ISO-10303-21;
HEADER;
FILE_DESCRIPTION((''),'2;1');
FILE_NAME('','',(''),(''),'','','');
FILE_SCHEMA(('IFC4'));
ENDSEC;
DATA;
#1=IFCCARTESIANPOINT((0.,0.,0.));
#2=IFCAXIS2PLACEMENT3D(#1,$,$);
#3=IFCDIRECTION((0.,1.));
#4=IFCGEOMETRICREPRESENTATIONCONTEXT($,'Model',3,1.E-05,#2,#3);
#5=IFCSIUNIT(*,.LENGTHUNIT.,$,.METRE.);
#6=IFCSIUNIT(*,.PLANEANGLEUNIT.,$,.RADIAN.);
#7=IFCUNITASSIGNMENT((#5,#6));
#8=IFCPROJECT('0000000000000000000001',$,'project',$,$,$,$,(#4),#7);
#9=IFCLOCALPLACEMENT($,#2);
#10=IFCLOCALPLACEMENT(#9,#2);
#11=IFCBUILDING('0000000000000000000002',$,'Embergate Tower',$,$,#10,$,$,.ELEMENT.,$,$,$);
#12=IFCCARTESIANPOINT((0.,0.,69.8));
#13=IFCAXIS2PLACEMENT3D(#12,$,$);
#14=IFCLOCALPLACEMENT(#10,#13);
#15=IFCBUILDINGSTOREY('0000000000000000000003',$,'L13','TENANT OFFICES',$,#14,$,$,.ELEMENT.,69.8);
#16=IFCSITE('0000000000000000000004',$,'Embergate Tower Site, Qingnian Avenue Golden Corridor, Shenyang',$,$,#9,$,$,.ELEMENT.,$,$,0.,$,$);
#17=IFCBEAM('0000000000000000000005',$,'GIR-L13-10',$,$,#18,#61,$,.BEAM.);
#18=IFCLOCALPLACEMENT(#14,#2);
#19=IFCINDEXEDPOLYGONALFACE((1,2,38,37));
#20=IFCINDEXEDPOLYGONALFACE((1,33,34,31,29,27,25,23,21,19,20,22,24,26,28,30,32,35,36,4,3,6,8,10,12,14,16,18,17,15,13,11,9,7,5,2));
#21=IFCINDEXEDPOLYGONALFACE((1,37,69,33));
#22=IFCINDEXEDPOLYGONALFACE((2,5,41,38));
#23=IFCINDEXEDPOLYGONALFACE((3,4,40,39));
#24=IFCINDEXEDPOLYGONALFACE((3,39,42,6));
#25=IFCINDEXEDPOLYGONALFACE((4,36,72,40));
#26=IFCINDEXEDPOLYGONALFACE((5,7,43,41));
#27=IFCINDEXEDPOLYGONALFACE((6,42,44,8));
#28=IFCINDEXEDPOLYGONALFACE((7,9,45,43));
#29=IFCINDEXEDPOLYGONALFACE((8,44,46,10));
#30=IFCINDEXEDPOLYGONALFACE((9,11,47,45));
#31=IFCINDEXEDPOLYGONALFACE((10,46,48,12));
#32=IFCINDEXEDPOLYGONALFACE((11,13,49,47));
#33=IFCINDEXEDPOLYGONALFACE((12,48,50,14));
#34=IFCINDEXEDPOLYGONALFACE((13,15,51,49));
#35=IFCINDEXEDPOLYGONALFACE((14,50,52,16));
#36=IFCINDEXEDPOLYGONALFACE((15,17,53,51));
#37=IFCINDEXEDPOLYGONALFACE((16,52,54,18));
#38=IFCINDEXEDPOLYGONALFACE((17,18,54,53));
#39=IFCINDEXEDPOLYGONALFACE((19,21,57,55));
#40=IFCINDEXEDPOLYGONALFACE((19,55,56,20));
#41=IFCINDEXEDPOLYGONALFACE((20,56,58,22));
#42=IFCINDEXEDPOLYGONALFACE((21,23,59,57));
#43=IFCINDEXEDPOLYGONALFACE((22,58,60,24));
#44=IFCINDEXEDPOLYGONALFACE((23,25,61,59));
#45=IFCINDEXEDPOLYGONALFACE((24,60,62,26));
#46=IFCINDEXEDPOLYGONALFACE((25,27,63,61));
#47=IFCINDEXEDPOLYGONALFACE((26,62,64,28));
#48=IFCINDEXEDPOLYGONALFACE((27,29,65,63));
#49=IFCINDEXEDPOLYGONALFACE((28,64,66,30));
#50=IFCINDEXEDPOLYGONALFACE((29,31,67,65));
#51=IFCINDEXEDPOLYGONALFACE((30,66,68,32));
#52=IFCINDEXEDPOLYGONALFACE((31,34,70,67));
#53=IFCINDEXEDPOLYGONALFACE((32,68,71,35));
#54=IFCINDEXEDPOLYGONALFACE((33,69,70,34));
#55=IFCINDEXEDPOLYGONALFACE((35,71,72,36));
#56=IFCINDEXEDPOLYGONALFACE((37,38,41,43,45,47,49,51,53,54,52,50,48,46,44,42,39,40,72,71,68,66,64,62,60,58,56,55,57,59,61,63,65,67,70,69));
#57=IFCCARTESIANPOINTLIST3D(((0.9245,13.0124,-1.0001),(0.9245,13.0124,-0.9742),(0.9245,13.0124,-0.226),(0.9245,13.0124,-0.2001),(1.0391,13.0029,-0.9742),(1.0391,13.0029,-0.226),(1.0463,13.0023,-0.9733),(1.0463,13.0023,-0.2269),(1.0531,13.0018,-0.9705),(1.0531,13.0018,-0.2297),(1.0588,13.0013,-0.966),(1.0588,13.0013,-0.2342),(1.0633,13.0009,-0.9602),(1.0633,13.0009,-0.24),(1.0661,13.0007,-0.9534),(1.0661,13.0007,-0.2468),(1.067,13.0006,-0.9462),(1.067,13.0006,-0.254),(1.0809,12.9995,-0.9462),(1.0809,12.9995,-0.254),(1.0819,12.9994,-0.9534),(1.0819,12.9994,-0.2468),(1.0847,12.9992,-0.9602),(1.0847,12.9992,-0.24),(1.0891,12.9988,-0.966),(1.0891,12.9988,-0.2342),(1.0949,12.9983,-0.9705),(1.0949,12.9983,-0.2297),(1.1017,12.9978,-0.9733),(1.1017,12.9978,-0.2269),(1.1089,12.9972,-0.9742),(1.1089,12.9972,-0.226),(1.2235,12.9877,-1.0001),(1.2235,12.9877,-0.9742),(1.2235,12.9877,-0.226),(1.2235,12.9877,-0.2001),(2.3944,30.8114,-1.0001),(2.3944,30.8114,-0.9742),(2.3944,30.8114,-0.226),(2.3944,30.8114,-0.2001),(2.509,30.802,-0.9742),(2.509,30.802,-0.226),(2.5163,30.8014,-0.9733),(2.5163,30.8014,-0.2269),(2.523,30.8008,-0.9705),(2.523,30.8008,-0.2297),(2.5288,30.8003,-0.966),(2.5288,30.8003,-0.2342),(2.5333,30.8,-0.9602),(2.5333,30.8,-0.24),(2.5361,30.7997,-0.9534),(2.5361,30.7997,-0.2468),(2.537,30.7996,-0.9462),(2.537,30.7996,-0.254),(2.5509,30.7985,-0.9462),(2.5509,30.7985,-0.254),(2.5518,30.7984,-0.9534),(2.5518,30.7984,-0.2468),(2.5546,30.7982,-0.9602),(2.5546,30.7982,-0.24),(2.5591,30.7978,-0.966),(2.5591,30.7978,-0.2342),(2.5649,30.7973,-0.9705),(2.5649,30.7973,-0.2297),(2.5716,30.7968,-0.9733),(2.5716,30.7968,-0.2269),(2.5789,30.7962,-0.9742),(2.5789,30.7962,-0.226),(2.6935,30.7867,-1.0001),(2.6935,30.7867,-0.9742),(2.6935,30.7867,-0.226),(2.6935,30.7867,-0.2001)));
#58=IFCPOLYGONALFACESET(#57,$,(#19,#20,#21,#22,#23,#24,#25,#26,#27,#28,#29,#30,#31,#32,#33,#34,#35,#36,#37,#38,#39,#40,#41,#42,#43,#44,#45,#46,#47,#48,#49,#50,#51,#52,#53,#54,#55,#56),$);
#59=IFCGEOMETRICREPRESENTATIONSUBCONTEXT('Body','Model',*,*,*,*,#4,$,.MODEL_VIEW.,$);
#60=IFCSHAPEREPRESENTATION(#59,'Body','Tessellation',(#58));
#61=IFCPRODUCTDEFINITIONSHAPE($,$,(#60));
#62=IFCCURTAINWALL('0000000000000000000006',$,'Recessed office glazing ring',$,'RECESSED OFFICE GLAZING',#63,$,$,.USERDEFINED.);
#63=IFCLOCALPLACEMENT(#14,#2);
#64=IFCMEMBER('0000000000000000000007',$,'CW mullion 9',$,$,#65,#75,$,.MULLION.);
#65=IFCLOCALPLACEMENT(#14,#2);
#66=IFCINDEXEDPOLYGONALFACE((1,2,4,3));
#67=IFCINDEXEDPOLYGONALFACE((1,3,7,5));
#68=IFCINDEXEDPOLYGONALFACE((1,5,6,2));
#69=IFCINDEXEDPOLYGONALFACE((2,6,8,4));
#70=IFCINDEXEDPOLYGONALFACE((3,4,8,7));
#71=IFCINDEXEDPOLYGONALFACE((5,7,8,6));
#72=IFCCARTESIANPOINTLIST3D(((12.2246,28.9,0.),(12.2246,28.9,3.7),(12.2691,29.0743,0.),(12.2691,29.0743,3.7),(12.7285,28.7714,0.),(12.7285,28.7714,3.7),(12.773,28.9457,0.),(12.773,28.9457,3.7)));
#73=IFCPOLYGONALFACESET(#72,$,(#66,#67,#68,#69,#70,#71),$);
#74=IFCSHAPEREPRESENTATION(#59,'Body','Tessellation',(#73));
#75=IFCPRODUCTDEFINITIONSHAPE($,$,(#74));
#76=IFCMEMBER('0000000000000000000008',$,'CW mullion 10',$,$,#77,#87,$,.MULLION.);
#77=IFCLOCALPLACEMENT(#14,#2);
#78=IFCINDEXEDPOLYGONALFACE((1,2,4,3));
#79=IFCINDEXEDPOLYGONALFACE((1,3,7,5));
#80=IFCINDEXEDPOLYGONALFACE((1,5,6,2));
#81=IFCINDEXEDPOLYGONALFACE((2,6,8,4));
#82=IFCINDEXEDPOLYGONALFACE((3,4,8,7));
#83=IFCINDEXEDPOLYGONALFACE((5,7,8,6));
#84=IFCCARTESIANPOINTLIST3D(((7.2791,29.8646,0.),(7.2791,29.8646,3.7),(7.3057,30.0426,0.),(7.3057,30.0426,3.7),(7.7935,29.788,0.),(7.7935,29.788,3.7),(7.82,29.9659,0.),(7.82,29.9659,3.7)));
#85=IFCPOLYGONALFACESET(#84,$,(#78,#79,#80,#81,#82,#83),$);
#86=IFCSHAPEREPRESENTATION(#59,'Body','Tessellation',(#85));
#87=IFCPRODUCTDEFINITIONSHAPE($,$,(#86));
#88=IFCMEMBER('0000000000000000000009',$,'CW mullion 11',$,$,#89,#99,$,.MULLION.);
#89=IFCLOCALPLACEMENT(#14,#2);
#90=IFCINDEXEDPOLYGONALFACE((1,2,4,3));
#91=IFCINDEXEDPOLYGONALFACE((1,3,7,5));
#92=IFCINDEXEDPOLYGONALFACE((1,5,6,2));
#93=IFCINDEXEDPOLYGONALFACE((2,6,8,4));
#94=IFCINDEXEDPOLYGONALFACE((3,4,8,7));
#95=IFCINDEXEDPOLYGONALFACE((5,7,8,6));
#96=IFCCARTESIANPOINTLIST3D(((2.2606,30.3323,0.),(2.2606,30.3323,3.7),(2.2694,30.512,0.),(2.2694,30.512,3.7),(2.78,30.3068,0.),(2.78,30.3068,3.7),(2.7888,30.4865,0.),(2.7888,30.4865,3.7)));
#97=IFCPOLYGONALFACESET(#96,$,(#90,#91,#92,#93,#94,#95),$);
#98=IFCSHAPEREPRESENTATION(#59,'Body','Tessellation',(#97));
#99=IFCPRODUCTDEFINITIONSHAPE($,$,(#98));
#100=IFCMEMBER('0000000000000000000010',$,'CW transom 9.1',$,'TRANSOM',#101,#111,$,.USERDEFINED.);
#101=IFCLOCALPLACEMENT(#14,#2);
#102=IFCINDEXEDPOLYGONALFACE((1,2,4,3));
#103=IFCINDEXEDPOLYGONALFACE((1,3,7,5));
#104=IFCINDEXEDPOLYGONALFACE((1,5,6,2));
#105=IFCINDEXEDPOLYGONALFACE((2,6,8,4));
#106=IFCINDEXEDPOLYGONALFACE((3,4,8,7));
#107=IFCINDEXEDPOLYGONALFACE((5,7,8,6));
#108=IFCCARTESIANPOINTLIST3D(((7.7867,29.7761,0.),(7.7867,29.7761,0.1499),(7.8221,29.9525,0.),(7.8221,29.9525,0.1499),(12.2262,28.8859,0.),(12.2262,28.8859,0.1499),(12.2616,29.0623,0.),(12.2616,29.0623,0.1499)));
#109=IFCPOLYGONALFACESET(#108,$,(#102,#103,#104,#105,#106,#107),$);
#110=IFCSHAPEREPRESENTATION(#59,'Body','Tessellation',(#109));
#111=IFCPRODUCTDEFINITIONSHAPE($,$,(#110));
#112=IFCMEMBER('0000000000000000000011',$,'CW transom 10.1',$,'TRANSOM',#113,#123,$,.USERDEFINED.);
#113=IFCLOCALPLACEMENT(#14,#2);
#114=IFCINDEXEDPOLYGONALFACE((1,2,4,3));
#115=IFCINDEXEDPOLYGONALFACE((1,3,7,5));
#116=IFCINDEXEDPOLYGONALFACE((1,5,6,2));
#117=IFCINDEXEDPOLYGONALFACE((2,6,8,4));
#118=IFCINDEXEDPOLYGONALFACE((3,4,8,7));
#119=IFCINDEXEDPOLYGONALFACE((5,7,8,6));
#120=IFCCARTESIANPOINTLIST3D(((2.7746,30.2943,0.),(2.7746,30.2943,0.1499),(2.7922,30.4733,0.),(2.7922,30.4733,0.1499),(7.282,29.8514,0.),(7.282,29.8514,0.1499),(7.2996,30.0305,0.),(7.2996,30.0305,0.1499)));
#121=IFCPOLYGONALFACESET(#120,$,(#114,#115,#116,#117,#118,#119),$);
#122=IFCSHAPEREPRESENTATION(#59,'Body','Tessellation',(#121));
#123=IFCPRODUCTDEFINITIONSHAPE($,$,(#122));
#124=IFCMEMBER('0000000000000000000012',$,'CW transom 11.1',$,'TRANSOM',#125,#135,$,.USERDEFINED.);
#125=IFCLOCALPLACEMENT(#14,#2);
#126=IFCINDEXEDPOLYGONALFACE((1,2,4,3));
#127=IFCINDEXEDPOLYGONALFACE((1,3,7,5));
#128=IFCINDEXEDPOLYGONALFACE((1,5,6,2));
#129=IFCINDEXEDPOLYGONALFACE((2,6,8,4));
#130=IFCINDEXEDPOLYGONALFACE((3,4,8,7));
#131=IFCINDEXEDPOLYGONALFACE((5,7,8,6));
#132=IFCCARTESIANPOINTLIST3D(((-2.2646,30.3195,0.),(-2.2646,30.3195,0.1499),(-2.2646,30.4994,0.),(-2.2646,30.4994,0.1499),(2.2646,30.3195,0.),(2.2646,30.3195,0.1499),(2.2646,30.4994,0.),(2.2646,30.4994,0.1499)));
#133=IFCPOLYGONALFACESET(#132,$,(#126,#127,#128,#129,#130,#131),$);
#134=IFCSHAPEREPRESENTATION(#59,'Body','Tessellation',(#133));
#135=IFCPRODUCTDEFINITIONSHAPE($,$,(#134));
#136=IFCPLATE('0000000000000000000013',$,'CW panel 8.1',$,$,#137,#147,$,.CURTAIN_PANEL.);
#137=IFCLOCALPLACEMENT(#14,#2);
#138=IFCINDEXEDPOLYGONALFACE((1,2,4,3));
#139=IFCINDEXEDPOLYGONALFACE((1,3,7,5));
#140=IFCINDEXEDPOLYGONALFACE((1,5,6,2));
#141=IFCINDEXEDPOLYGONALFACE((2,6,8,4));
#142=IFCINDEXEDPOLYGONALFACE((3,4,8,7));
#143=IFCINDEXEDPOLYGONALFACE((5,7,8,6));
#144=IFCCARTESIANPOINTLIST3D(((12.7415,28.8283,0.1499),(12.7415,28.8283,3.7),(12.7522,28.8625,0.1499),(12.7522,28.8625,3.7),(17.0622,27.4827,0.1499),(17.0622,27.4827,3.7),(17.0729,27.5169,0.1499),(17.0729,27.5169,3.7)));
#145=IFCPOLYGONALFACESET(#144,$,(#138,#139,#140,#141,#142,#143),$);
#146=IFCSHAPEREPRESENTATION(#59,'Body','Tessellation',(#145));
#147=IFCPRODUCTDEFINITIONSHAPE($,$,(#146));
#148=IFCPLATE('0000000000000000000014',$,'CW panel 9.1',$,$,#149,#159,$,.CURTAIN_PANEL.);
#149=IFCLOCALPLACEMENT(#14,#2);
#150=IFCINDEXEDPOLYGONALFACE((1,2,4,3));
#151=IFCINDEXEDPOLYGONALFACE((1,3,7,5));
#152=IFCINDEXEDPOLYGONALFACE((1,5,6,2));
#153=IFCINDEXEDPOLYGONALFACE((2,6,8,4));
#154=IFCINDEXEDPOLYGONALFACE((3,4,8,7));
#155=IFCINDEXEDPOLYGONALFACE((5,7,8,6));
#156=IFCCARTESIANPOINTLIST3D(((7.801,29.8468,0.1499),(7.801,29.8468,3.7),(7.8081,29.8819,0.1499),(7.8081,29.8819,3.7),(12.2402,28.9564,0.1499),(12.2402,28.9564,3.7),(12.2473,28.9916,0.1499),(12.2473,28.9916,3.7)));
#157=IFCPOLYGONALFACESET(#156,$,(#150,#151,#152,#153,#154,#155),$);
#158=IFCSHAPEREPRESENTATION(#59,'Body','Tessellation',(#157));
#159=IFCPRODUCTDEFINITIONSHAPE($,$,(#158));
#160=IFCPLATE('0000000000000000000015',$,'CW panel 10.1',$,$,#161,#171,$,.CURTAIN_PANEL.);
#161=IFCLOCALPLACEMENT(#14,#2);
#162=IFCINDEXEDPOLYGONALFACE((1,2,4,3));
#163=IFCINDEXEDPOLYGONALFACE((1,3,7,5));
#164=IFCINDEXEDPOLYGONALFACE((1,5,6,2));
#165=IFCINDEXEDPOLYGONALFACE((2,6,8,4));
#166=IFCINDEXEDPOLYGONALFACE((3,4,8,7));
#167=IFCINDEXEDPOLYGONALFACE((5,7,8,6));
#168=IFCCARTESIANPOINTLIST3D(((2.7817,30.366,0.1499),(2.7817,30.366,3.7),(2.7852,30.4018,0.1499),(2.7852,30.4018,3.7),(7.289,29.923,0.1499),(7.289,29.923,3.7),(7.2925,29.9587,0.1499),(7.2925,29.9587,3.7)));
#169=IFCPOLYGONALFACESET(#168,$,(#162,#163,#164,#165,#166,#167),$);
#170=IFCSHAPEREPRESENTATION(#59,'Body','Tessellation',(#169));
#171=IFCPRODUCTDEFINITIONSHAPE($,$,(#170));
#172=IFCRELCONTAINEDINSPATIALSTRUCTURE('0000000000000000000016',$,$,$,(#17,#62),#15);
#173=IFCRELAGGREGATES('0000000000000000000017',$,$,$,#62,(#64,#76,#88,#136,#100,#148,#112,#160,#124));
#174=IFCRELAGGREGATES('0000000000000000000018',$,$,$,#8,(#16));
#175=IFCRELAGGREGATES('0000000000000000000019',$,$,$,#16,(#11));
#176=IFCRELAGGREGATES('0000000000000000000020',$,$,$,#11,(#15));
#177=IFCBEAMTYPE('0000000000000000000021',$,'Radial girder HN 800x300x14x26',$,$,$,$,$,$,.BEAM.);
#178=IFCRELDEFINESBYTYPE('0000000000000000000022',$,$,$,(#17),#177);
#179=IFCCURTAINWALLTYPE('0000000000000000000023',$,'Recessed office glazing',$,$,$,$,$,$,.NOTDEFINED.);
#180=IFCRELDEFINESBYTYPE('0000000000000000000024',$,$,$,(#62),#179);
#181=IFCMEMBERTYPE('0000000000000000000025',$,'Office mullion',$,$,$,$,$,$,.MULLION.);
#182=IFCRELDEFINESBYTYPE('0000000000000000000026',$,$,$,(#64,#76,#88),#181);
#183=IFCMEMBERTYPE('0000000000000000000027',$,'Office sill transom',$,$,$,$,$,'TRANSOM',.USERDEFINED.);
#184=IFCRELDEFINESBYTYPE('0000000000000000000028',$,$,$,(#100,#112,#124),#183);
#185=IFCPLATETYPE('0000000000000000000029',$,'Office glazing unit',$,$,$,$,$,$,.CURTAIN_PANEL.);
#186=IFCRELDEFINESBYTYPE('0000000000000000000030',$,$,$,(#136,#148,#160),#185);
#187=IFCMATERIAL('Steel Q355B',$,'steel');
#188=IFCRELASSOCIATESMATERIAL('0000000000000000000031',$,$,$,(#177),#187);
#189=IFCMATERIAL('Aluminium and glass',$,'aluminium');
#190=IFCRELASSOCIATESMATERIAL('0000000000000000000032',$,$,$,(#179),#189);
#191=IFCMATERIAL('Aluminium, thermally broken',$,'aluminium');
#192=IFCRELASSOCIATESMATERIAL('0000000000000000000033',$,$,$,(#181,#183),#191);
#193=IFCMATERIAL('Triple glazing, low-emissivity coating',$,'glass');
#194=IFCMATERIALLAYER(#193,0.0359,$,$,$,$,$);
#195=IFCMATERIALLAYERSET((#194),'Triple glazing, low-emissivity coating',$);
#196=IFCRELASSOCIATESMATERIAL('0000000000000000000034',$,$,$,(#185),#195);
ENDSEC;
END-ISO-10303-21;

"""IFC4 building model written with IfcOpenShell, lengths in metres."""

from ifc_helpers import new_model, si_unit, direction, frame, origin, origin_2d, place, context, subcontext, project, spatial, rectangle, i_section, extrude, source, transform, mapped, material, layer, layer_set, material_profile, profile_set, type_object, element, aggregate, save


model = new_model("IFC4")

# Units and contexts
model_context = context("Model", 3, precision=1e-05, world=origin(), true_north=direction((0.0, 1.0)))
body_context = subcontext(model_context, "Body", "Model", "MODEL_VIEW")
ifc_project = project(units=[si_unit("LENGTHUNIT", "METRE"), si_unit("PLANEANGLEUNIT", "RADIAN")], contexts=[model_context])

# Site, building, storey
site_placement = place(None, origin())
site = spatial("IfcSite", under=ifc_project, at=site_placement, Name="Embergate Tower Site, Qingnian Avenue Golden Corridor, Shenyang", CompositionType="ELEMENT", RefElevation=0.0)
building_placement = place(site_placement, origin())
building = spatial("IfcBuilding", under=site, at=building_placement, Name="Embergate Tower", CompositionType="ELEMENT")
storey_placement = place(building_placement, frame((0.0, 0.0, 69.8)))
storey = spatial("IfcBuildingStorey", under=building, at=storey_placement, Name="L13", Description="TENANT OFFICES", CompositionType="ELEMENT", Elevation=69.8)

# Beam
ifc_material_1 = material(Name="Steel Q355B", Category="steel")
ifc_material_profile_1 = material_profile(ifc_material_1, i_section(OverallWidth=0.3, OverallDepth=0.8, WebThickness=0.0139, FlangeThickness=0.0259, FilletRadius=0.0281, at=origin_2d()), Name="HN 800x300x14x26")
ifc_profile_set_1 = profile_set([ifc_material_profile_1], Name="Steel Q355 grade B")
beam_type_1 = type_object("IfcBeamType", Name="Radial girder HN 800x300x14x26", PredefinedType="BEAM", material=ifc_profile_set_1)
shared_shape_1 = source(origin(), body_context, "Body", "SweptSolid", [
    extrude(i_section(OverallWidth=0.3, OverallDepth=0.8, WebThickness=0.0139, FlangeThickness=0.0259, FilletRadius=0.0281, at=origin_2d()), origin(), (0.0, 0.0, 1.0), 17.8596),
])
beam_1_placement = place(storey_placement, frame((2.5439, 30.7991, -0.6001), z_axis=(-0.082307, -0.996607, 0.0), x_axis=(0.996607, -0.082307, 0.0)))
element("IfcBeam", 1, at=beam_1_placement, inside=storey, type_object=beam_type_1, Name="GIR-L13-10", PredefinedType="BEAM", context=body_context, shape_type="MappedRepresentation", body=[
    mapped(shared_shape_1, transform((0.0, 0.0, 0.0))),
])

# Curtain wall, members, plates
ifc_material_2 = material(Name="Aluminium and glass", Category="aluminium")
curtain_wall_type = type_object("IfcCurtainWallType", Name="Recessed office glazing", PredefinedType="NOTDEFINED", material=ifc_material_2)
curtain_wall_placement = place(storey_placement, origin())
curtain_wall = element("IfcCurtainWall", 2, at=curtain_wall_placement, inside=storey, type_object=curtain_wall_type, Name="Recessed office glazing ring", ObjectType="RECESSED OFFICE GLAZING", PredefinedType="USERDEFINED")
ifc_material_3 = material(Name="Aluminium, thermally broken", Category="aluminium")
ifc_material_profile_2 = material_profile(ifc_material_3, rectangle(XDim=0.1799, YDim=0.52, at=origin_2d()), Name="AL 520x180")
ifc_profile_set_2 = profile_set([ifc_material_profile_2], Name="Aluminium, thermally broken")
member_type_1 = type_object("IfcMemberType", Name="Office mullion", PredefinedType="MULLION", material=ifc_profile_set_2)
shared_shape_2 = source(origin(), body_context, "Body", "SweptSolid", [
    extrude(rectangle(XDim=0.1799, YDim=0.52, at=origin_2d()), origin(), (0.0, 0.0, 1.0), 3.7),
])
member_1_placement = place(storey_placement, frame((12.4988, 28.9229, 0.0), z_axis=(0.0, 0.0, 1.0), x_axis=(-0.247315, -0.968935, 0.0)))
member_1 = element("IfcMember", 3, at=member_1_placement, type_object=member_type_1, Name="CW mullion 9", PredefinedType="MULLION", context=body_context, shape_type="MappedRepresentation", body=[
    mapped(shared_shape_2, transform((0.0, 0.0, 0.0))),
])
member_2_placement = place(storey_placement, frame((7.5496, 29.9153, 0.0), z_axis=(0.0, 0.0, 1.0), x_axis=(-0.147414, -0.989075, 0.0)))
member_2 = element("IfcMember", 4, at=member_2_placement, type_object=member_type_1, Name="CW mullion 10", PredefinedType="MULLION", context=body_context, shape_type="MappedRepresentation", body=[
    mapped(shared_shape_2, transform((0.0, 0.0, 0.0))),
])
member_3_placement = place(storey_placement, frame((2.5247, 30.4094, 0.0), z_axis=(0.0, 0.0, 1.0), x_axis=(-0.048972, -0.9988, 0.0)))
member_3 = element("IfcMember", 5, at=member_3_placement, type_object=member_type_1, Name="CW mullion 11", PredefinedType="MULLION", context=body_context, shape_type="MappedRepresentation", body=[
    mapped(shared_shape_2, transform((0.0, 0.0, 0.0))),
])
ifc_material_profile_3 = material_profile(ifc_material_3, rectangle(XDim=0.1799, YDim=0.1499, at=origin_2d()), Name="AL 150x180")
ifc_profile_set_3 = profile_set([ifc_material_profile_3], Name="Aluminium, thermally broken")
member_type_2 = type_object("IfcMemberType", Name="Office sill transom", ElementType="TRANSOM", PredefinedType="USERDEFINED", material=ifc_profile_set_3)
shared_shape_3 = source(origin(), body_context, "Body", "SweptSolid", [
    extrude(rectangle(XDim=0.1799, YDim=0.1499, at=origin_2d()), origin(), (0.0, 0.0, 1.0), 4.5278),
])
member_4_placement = place(storey_placement, frame((12.2439, 28.9741, 0.075), z_axis=(-0.980485, 0.196593, 0.0), x_axis=(-0.196593, -0.980485, 0.0)))
member_4 = element("IfcMember", 6, at=member_4_placement, type_object=member_type_2, Name="CW transom 9.1", ObjectType="TRANSOM", PredefinedType="USERDEFINED", context=body_context, shape_type="MappedRepresentation", body=[
    mapped(shared_shape_3, transform((0.0, 0.0, 0.0))),
])
shared_shape_4 = source(origin(), body_context, "Body", "SweptSolid", [
    extrude(rectangle(XDim=0.1799, YDim=0.1499, at=origin_2d()), origin(), (0.0, 0.0, 1.0), 4.5291),
])
member_5_placement = place(storey_placement, frame((7.2908, 29.9409, 0.075), z_axis=(-0.995208, 0.097785, 0.0), x_axis=(-0.097785, -0.995208, 0.0)))
member_5 = element("IfcMember", 7, at=member_5_placement, type_object=member_type_2, Name="CW transom 10.1", ObjectType="TRANSOM", PredefinedType="USERDEFINED", context=body_context, shape_type="MappedRepresentation", body=[
    mapped(shared_shape_4, transform((0.0, 0.0, 0.0))),
])
shared_shape_5 = source(origin(), body_context, "Body", "SweptSolid", [
    extrude(rectangle(XDim=0.1799, YDim=0.1499, at=origin_2d()), origin(), (0.0, 0.0, 1.0), 4.5293),
])
member_6_placement = place(storey_placement, frame((2.2646, 30.4094, 0.075), z_axis=(-1.0, 0.0, 0.0), x_axis=(0.0, -1.0, 0.0)))
member_6 = element("IfcMember", 8, at=member_6_placement, type_object=member_type_2, Name="CW transom 11.1", ObjectType="TRANSOM", PredefinedType="USERDEFINED", context=body_context, shape_type="MappedRepresentation", body=[
    mapped(shared_shape_5, transform((0.0, 0.0, 0.0))),
])
ifc_material_4 = material(Name="Triple glazing, low-emissivity coating", Category="glass")
ifc_layer_1 = layer(ifc_material_4, 0.0359)
ifc_layer_set_1 = layer_set([ifc_layer_1], Name="Triple glazing, low-emissivity coating")
plate_type = type_object("IfcPlateType", Name="Office glazing unit", PredefinedType="CURTAIN_PANEL", material=ifc_layer_set_1)
shared_shape_6 = source(origin(), body_context, "Body", "SweptSolid", [
    extrude(rectangle(XDim=4.5254, YDim=0.0359, at=origin_2d()), origin(), (0.0, 0.0, 1.0), 3.55),
])
plate_1_placement = place(storey_placement, frame((14.9072, 28.1726, 0.1499), z_axis=(0.0, 0.0, 1.0), x_axis=(-0.954771, 0.297342, 0.0)))
plate_1 = element("IfcPlate", 9, at=plate_1_placement, type_object=plate_type, Name="CW panel 8.1", PredefinedType="CURTAIN_PANEL", context=body_context, shape_type="MappedRepresentation", body=[
    mapped(shared_shape_6, transform((0.0, 0.0, 0.0))),
])
shared_shape_7 = source(origin(), body_context, "Body", "SweptSolid", [
    extrude(rectangle(XDim=4.5276, YDim=0.0359, at=origin_2d()), origin(), (0.0, 0.0, 1.0), 3.55),
])
plate_2_placement = place(storey_placement, frame((10.0242, 29.4192, 0.1499), z_axis=(0.0, 0.0, 1.0), x_axis=(-0.980475, 0.196643, 0.0)))
plate_2 = element("IfcPlate", 10, at=plate_2_placement, type_object=plate_type, Name="CW panel 9.1", PredefinedType="CURTAIN_PANEL", context=body_context, shape_type="MappedRepresentation", body=[
    mapped(shared_shape_7, transform((0.0, 0.0, 0.0))),
])
shared_shape_8 = source(origin(), body_context, "Body", "SweptSolid", [
    extrude(rectangle(XDim=4.5291, YDim=0.0359, at=origin_2d()), origin(), (0.0, 0.0, 1.0), 3.55),
])
plate_3_placement = place(storey_placement, frame((5.0371, 30.1624, 0.1499), z_axis=(0.0, 0.0, 1.0), x_axis=(-0.995203, 0.097831, 0.0)))
plate_3 = element("IfcPlate", 11, at=plate_3_placement, type_object=plate_type, Name="CW panel 10.1", PredefinedType="CURTAIN_PANEL", context=body_context, shape_type="MappedRepresentation", body=[
    mapped(shared_shape_8, transform((0.0, 0.0, 0.0))),
])
aggregate(curtain_wall, [member_1, member_2, member_3, plate_1, member_4, plate_2, member_5, plate_3, member_6])

save(model, "model.ifc")
